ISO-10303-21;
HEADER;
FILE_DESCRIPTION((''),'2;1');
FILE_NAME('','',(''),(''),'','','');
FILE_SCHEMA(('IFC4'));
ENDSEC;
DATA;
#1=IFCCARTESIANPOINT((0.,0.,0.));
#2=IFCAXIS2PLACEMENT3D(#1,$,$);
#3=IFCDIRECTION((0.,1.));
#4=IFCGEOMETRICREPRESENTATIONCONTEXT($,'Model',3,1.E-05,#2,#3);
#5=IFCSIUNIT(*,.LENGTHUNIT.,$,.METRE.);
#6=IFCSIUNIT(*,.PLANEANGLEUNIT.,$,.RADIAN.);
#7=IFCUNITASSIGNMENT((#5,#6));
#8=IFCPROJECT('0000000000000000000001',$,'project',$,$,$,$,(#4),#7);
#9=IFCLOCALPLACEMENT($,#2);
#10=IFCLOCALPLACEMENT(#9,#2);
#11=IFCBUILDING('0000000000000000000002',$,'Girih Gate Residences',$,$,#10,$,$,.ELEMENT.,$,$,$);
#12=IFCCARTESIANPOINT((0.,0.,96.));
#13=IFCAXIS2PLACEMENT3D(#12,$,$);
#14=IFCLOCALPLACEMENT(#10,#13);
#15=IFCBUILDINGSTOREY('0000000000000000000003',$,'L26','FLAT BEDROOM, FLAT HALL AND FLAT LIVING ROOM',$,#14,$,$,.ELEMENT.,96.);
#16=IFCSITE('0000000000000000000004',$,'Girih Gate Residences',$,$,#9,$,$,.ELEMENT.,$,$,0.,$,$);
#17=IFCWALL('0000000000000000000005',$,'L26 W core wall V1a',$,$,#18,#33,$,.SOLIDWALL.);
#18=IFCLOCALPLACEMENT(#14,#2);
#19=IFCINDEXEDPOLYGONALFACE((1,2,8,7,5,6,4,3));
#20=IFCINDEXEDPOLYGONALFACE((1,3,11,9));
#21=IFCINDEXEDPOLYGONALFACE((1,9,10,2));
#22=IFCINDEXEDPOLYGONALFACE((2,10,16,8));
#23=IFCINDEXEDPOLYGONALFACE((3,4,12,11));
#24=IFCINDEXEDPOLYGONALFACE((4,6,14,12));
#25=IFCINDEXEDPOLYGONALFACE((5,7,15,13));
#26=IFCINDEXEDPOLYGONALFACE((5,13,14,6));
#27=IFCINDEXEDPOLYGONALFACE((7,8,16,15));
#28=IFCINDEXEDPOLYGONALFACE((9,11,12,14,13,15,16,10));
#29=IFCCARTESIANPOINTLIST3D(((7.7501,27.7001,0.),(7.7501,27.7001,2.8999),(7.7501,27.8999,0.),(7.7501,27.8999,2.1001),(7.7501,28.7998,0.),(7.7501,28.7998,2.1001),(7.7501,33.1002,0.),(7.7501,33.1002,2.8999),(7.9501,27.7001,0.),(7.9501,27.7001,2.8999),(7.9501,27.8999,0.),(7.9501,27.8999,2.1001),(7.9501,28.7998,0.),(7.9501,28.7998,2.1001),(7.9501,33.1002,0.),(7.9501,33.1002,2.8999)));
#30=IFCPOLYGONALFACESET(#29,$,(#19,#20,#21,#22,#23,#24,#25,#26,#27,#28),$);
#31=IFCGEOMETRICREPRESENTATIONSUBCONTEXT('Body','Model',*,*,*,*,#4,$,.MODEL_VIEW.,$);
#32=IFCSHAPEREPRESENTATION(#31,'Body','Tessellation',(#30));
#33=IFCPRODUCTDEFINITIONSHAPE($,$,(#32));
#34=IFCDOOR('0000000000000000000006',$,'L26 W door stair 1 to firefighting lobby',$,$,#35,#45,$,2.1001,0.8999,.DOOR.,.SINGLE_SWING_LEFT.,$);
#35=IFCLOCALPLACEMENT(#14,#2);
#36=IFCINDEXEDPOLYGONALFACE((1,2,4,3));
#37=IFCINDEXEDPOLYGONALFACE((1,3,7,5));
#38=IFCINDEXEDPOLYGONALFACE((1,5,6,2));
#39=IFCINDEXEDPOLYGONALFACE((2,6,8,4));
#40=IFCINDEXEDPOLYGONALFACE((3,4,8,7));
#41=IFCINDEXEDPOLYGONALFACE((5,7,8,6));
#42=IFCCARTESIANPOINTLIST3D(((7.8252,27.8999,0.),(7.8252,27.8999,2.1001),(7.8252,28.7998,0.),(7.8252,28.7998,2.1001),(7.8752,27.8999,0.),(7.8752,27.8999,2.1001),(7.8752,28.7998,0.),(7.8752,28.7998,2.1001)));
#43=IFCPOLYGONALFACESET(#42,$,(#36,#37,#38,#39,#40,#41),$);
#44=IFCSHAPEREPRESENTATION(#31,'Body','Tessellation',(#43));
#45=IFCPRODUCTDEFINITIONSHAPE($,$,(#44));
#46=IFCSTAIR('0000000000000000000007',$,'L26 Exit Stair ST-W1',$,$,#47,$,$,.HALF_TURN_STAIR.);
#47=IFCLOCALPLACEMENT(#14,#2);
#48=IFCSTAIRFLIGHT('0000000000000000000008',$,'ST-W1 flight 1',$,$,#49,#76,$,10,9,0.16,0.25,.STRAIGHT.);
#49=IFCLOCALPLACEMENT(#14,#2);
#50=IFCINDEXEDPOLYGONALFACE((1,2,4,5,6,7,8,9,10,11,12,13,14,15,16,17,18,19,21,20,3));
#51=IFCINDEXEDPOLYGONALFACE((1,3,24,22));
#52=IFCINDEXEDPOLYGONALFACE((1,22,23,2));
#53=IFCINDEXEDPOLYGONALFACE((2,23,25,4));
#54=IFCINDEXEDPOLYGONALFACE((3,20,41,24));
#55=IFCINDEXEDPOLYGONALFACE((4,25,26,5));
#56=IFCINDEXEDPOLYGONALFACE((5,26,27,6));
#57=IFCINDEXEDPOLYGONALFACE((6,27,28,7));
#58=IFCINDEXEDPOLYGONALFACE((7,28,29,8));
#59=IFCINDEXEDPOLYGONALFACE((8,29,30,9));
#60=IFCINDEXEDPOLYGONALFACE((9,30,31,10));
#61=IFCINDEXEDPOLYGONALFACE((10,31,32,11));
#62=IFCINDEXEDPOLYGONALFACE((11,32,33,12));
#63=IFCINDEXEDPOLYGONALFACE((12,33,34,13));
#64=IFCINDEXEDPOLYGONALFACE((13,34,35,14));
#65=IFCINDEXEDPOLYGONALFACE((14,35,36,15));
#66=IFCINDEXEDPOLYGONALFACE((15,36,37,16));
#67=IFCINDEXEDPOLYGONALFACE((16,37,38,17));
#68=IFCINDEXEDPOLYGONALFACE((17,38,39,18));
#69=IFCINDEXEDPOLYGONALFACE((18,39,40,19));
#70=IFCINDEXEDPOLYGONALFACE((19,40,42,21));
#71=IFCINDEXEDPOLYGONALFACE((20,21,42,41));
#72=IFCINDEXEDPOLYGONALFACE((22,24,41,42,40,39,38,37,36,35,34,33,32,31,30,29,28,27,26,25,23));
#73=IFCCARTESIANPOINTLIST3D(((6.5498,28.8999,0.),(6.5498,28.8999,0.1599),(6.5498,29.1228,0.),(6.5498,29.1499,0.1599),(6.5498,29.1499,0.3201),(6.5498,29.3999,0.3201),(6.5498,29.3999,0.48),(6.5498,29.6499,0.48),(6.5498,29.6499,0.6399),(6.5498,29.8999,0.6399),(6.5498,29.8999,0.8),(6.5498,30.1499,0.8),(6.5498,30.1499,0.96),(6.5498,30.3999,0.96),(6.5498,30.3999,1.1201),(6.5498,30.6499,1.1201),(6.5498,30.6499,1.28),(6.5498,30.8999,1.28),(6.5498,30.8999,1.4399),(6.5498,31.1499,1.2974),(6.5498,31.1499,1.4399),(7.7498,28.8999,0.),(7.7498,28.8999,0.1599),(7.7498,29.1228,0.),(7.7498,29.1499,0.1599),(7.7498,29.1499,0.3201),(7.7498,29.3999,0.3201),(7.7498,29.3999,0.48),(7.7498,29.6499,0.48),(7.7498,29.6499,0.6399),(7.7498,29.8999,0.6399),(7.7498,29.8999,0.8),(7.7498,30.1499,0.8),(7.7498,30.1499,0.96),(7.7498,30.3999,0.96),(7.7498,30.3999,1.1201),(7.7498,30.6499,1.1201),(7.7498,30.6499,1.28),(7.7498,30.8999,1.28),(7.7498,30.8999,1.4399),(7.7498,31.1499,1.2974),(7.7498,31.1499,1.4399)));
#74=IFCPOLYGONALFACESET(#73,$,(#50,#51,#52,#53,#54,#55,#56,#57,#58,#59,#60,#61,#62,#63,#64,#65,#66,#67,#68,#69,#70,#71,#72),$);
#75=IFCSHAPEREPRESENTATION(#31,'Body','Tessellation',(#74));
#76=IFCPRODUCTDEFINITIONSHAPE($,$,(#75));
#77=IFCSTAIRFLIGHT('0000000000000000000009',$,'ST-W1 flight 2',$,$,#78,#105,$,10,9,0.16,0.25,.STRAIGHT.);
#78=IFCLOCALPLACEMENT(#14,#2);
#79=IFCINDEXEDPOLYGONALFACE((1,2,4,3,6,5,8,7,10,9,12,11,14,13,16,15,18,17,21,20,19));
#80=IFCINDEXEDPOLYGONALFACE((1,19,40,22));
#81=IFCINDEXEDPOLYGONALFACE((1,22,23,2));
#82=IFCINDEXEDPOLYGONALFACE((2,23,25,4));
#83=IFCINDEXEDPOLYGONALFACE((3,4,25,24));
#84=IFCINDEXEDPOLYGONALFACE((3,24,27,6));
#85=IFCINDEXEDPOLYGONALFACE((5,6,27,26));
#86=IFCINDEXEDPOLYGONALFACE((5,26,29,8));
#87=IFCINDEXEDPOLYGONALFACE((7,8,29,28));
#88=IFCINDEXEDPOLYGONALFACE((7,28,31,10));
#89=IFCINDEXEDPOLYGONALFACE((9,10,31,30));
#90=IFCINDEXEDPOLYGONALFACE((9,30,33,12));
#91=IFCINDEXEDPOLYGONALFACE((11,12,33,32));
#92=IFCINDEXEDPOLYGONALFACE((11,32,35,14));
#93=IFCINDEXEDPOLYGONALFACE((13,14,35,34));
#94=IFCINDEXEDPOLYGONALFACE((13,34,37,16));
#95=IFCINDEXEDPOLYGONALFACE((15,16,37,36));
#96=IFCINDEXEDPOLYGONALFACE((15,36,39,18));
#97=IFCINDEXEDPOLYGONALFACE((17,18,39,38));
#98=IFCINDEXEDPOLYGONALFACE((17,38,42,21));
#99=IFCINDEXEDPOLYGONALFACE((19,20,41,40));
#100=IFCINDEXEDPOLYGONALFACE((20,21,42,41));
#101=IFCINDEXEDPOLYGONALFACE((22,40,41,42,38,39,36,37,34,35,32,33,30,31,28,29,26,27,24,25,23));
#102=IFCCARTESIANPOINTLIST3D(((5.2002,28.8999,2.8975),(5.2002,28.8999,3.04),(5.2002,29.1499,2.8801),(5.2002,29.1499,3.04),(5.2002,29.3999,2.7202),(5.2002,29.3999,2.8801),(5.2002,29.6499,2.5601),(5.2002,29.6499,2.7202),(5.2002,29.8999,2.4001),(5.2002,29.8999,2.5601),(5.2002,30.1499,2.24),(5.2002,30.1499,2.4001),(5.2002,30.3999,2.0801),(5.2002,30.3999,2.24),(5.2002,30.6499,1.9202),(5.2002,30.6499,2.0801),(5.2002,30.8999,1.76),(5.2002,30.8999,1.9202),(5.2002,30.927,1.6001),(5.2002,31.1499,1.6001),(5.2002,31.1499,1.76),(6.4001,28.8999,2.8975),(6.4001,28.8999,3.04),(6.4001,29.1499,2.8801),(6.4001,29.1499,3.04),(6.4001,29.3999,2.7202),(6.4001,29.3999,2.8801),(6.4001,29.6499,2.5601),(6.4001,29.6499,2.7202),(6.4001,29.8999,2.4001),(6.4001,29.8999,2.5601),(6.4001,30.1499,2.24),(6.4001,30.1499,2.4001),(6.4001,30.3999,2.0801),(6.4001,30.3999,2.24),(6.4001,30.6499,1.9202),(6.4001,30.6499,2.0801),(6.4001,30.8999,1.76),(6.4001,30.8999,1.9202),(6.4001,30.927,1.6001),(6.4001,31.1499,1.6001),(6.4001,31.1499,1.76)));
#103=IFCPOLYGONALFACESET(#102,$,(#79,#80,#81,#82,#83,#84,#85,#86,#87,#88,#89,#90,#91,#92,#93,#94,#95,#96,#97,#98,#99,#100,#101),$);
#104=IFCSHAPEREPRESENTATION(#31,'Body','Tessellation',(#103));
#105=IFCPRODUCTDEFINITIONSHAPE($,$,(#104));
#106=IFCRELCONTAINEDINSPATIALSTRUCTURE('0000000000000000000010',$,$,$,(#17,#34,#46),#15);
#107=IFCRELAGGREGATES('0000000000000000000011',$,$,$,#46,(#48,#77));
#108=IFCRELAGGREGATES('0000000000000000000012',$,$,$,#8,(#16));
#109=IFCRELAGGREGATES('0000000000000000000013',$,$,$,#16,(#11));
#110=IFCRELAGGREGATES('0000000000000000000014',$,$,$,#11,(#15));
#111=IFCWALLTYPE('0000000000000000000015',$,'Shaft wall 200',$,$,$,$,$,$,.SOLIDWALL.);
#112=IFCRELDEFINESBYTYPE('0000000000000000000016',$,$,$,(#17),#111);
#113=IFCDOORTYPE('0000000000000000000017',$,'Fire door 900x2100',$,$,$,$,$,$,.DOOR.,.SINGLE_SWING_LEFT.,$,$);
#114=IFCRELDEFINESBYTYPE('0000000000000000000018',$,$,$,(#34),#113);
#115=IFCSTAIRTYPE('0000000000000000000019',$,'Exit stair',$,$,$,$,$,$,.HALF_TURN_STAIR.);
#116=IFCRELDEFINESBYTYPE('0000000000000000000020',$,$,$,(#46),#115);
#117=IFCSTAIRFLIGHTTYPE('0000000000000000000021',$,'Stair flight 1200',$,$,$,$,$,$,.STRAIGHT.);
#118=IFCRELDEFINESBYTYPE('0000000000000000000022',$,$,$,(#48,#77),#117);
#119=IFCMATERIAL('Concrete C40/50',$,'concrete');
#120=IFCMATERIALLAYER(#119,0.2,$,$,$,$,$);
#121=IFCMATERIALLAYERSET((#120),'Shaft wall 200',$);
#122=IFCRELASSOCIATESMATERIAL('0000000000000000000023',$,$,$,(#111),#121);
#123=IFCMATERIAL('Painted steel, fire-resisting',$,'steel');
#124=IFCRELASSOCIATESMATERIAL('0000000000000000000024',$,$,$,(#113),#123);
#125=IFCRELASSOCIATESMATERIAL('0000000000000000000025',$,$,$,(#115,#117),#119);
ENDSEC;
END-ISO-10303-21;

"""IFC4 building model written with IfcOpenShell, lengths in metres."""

from ifc_helpers import new_model, si_unit, direction, frame, frame_2d, origin, place, context, subcontext, project, spatial, polyline, rectangle, outline, extrude, material, layer, layer_set, type_object, element, fill, aggregate, save


model = new_model("IFC4")

# Units and contexts
model_context = context("Model", 3, precision=1e-05, world=origin(), true_north=direction((0.0, 1.0)))
body_context = subcontext(model_context, "Body", "Model", "MODEL_VIEW")
ifc_project = project(units=[si_unit("LENGTHUNIT", "METRE"), si_unit("PLANEANGLEUNIT", "RADIAN")], contexts=[model_context])

# Site, building, storey
site_placement = place(None, origin())
site = spatial("IfcSite", under=ifc_project, at=site_placement, Name="Girih Gate Residences", CompositionType="ELEMENT", RefElevation=0.0)
building_placement = place(site_placement, origin())
building = spatial("IfcBuilding", under=site, at=building_placement, Name="Girih Gate Residences", CompositionType="ELEMENT")
storey_placement = place(building_placement, frame((0.0, 0.0, 96.0)))
storey = spatial("IfcBuildingStorey", under=building, at=storey_placement, Name="L26", Description="FLAT BEDROOM, FLAT HALL AND FLAT LIVING ROOM", CompositionType="ELEMENT", Elevation=96.0)

# Shared definitions
ifc_material_1 = material(Name="Painted steel, fire-resisting", Category="steel")

# Wall, opening, door
ifc_material_2 = material(Name="Concrete C40/50", Category="concrete")
ifc_layer_1 = layer(ifc_material_2, 0.2)
ifc_layer_set_1 = layer_set([ifc_layer_1], Name="Shaft wall 200")
wall_type_1 = type_object("IfcWallType", Name="Shaft wall 200", PredefinedType="SOLIDWALL", material=ifc_layer_set_1)
wall_1_placement = place(storey_placement, frame((7.8501, 27.7, 0.0), z_axis=(0.0, 0.0, 1.0), x_axis=(0.0, 1.0, 0.0)))
wall_1 = element("IfcWall", 1, at=wall_1_placement, inside=storey, type_object=wall_type_1, Name="L26 W core wall V1a", PredefinedType="SOLIDWALL", context=body_context, shape_type="SweptSolid", body=[
    extrude(rectangle(XDim=5.4001, YDim=0.2, at=frame_2d((2.7002, 0.0))), origin(), (0.0, 0.0, 1.0), 2.8999),
])
opening_1_placement = place(wall_1_placement, frame((0.2, 0.0, 0.0)))
opening_1 = element("IfcOpeningElement", 2, at=opening_1_placement, cuts=wall_1, PredefinedType="OPENING", context=body_context, shape_type="SweptSolid", body=[
    extrude(rectangle(XDim=0.8999, YDim=2.1001, at=frame_2d((0.45, 1.05))), frame((0.0, 0.1099, 0.0), z_axis=(0.0, -1.0, 0.0), x_axis=(1.0, 0.0, 0.0)), (0.0, 0.0, 1.0), 0.22),
])
door_type_1 = type_object("IfcDoorType", Name="Fire door 900x2100", OperationType="SINGLE_SWING_LEFT", PredefinedType="DOOR", material=ifc_material_1)
door_1_placement = place(opening_1_placement, origin())
door_1 = element("IfcDoor", 3, at=door_1_placement, inside=storey, type_object=door_type_1, Name="L26 W door stair 1 to firefighting lobby", OperationType="SINGLE_SWING_LEFT", OverallHeight=2.1001, OverallWidth=0.8999, PredefinedType="DOOR", context=body_context, shape_type="SweptSolid", body=[
    extrude(rectangle(XDim=0.8999, YDim=2.1001, at=frame_2d((0.45, 1.05))), frame((0.0, 0.0249, 0.0), z_axis=(0.0, -1.0, 0.0), x_axis=(1.0, 0.0, 0.0)), (0.0, 0.0, 1.0), 0.05),
])
fill(opening_1, door_1)

# Stair, stair flights
stair_type = type_object("IfcStairType", Name="Exit stair", PredefinedType="HALF_TURN_STAIR", material=ifc_material_2)
stair_placement = place(storey_placement, origin())
stair = element("IfcStair", 4, at=stair_placement, inside=storey, type_object=stair_type, Name="L26 Exit Stair ST-W1", PredefinedType="HALF_TURN_STAIR")
stair_flight_type = type_object("IfcStairFlightType", Name="Stair flight 1200", PredefinedType="STRAIGHT", material=ifc_material_2)
stair_flight_1_placement = place(storey_placement, frame((7.1499, 28.8999, 0.0), z_axis=(0.0, 0.0, 1.0), x_axis=(0.0, 1.0, 0.0)))
stair_flight_1 = element("IfcStairFlight", 5, at=stair_flight_1_placement, type_object=stair_flight_type, Name="ST-W1 flight 1", NumberOfRisers=10, NumberOfTreads=9, PredefinedType="STRAIGHT", RiserHeight=0.16, TreadLength=0.25, context=body_context, shape_type="SweptSolid", body=[
    extrude(outline(polyline([(0.0, 0.0), (0.0, 0.1599), (0.25, 0.1599), (0.25, 0.3201), (0.5, 0.3201), (0.5, 0.48), (0.75, 0.48), (0.75, 0.6399), (1.0, 0.6399), (1.0, 0.8), (1.25, 0.8), (1.25, 0.96), (1.5, 0.96), (1.5, 1.1201), (1.75, 1.1201), (1.75, 1.28), (2.0, 1.28), (2.0, 1.4399), (2.25, 1.4399), (2.25, 1.6001), (2.25, 1.2974), (0.2229, 0.0), (0.0, 0.0)])), frame((0.0, 0.6001, 0.0), z_axis=(0.0, -1.0, 0.0), x_axis=(1.0, 0.0, 0.0)), (0.0, 0.0, 1.0), 1.2),
])
stair_flight_2_placement = place(storey_placement, frame((5.8, 31.1499, 1.6001), z_axis=(0.0, 0.0, 1.0), x_axis=(0.0, -1.0, 0.0)))
stair_flight_2 = element("IfcStairFlight", 6, at=stair_flight_2_placement, type_object=stair_flight_type, Name="ST-W1 flight 2", NumberOfRisers=10, NumberOfTreads=9, PredefinedType="STRAIGHT", RiserHeight=0.16, TreadLength=0.25, context=body_context, shape_type="SweptSolid", body=[
    extrude(outline(polyline([(0.0, 0.0), (0.0, 0.1599), (0.25, 0.1599), (0.25, 0.3201), (0.5, 0.3201), (0.5, 0.48), (0.75, 0.48), (0.75, 0.6399), (1.0, 0.6399), (1.0, 0.8), (1.25, 0.8), (1.25, 0.96), (1.5, 0.96), (1.5, 1.1201), (1.75, 1.1201), (1.75, 1.28), (2.0, 1.28), (2.0, 1.4399), (2.25, 1.4399), (2.25, 1.6001), (2.25, 1.2974), (0.2229, 0.0), (0.0, 0.0)])), frame((0.0, 0.6001, 0.0), z_axis=(0.0, -1.0, 0.0), x_axis=(1.0, 0.0, 0.0)), (0.0, 0.0, 1.0), 1.2),
])
aggregate(stair, [stair_flight_1, stair_flight_2])

save(model, "model.ifc")
